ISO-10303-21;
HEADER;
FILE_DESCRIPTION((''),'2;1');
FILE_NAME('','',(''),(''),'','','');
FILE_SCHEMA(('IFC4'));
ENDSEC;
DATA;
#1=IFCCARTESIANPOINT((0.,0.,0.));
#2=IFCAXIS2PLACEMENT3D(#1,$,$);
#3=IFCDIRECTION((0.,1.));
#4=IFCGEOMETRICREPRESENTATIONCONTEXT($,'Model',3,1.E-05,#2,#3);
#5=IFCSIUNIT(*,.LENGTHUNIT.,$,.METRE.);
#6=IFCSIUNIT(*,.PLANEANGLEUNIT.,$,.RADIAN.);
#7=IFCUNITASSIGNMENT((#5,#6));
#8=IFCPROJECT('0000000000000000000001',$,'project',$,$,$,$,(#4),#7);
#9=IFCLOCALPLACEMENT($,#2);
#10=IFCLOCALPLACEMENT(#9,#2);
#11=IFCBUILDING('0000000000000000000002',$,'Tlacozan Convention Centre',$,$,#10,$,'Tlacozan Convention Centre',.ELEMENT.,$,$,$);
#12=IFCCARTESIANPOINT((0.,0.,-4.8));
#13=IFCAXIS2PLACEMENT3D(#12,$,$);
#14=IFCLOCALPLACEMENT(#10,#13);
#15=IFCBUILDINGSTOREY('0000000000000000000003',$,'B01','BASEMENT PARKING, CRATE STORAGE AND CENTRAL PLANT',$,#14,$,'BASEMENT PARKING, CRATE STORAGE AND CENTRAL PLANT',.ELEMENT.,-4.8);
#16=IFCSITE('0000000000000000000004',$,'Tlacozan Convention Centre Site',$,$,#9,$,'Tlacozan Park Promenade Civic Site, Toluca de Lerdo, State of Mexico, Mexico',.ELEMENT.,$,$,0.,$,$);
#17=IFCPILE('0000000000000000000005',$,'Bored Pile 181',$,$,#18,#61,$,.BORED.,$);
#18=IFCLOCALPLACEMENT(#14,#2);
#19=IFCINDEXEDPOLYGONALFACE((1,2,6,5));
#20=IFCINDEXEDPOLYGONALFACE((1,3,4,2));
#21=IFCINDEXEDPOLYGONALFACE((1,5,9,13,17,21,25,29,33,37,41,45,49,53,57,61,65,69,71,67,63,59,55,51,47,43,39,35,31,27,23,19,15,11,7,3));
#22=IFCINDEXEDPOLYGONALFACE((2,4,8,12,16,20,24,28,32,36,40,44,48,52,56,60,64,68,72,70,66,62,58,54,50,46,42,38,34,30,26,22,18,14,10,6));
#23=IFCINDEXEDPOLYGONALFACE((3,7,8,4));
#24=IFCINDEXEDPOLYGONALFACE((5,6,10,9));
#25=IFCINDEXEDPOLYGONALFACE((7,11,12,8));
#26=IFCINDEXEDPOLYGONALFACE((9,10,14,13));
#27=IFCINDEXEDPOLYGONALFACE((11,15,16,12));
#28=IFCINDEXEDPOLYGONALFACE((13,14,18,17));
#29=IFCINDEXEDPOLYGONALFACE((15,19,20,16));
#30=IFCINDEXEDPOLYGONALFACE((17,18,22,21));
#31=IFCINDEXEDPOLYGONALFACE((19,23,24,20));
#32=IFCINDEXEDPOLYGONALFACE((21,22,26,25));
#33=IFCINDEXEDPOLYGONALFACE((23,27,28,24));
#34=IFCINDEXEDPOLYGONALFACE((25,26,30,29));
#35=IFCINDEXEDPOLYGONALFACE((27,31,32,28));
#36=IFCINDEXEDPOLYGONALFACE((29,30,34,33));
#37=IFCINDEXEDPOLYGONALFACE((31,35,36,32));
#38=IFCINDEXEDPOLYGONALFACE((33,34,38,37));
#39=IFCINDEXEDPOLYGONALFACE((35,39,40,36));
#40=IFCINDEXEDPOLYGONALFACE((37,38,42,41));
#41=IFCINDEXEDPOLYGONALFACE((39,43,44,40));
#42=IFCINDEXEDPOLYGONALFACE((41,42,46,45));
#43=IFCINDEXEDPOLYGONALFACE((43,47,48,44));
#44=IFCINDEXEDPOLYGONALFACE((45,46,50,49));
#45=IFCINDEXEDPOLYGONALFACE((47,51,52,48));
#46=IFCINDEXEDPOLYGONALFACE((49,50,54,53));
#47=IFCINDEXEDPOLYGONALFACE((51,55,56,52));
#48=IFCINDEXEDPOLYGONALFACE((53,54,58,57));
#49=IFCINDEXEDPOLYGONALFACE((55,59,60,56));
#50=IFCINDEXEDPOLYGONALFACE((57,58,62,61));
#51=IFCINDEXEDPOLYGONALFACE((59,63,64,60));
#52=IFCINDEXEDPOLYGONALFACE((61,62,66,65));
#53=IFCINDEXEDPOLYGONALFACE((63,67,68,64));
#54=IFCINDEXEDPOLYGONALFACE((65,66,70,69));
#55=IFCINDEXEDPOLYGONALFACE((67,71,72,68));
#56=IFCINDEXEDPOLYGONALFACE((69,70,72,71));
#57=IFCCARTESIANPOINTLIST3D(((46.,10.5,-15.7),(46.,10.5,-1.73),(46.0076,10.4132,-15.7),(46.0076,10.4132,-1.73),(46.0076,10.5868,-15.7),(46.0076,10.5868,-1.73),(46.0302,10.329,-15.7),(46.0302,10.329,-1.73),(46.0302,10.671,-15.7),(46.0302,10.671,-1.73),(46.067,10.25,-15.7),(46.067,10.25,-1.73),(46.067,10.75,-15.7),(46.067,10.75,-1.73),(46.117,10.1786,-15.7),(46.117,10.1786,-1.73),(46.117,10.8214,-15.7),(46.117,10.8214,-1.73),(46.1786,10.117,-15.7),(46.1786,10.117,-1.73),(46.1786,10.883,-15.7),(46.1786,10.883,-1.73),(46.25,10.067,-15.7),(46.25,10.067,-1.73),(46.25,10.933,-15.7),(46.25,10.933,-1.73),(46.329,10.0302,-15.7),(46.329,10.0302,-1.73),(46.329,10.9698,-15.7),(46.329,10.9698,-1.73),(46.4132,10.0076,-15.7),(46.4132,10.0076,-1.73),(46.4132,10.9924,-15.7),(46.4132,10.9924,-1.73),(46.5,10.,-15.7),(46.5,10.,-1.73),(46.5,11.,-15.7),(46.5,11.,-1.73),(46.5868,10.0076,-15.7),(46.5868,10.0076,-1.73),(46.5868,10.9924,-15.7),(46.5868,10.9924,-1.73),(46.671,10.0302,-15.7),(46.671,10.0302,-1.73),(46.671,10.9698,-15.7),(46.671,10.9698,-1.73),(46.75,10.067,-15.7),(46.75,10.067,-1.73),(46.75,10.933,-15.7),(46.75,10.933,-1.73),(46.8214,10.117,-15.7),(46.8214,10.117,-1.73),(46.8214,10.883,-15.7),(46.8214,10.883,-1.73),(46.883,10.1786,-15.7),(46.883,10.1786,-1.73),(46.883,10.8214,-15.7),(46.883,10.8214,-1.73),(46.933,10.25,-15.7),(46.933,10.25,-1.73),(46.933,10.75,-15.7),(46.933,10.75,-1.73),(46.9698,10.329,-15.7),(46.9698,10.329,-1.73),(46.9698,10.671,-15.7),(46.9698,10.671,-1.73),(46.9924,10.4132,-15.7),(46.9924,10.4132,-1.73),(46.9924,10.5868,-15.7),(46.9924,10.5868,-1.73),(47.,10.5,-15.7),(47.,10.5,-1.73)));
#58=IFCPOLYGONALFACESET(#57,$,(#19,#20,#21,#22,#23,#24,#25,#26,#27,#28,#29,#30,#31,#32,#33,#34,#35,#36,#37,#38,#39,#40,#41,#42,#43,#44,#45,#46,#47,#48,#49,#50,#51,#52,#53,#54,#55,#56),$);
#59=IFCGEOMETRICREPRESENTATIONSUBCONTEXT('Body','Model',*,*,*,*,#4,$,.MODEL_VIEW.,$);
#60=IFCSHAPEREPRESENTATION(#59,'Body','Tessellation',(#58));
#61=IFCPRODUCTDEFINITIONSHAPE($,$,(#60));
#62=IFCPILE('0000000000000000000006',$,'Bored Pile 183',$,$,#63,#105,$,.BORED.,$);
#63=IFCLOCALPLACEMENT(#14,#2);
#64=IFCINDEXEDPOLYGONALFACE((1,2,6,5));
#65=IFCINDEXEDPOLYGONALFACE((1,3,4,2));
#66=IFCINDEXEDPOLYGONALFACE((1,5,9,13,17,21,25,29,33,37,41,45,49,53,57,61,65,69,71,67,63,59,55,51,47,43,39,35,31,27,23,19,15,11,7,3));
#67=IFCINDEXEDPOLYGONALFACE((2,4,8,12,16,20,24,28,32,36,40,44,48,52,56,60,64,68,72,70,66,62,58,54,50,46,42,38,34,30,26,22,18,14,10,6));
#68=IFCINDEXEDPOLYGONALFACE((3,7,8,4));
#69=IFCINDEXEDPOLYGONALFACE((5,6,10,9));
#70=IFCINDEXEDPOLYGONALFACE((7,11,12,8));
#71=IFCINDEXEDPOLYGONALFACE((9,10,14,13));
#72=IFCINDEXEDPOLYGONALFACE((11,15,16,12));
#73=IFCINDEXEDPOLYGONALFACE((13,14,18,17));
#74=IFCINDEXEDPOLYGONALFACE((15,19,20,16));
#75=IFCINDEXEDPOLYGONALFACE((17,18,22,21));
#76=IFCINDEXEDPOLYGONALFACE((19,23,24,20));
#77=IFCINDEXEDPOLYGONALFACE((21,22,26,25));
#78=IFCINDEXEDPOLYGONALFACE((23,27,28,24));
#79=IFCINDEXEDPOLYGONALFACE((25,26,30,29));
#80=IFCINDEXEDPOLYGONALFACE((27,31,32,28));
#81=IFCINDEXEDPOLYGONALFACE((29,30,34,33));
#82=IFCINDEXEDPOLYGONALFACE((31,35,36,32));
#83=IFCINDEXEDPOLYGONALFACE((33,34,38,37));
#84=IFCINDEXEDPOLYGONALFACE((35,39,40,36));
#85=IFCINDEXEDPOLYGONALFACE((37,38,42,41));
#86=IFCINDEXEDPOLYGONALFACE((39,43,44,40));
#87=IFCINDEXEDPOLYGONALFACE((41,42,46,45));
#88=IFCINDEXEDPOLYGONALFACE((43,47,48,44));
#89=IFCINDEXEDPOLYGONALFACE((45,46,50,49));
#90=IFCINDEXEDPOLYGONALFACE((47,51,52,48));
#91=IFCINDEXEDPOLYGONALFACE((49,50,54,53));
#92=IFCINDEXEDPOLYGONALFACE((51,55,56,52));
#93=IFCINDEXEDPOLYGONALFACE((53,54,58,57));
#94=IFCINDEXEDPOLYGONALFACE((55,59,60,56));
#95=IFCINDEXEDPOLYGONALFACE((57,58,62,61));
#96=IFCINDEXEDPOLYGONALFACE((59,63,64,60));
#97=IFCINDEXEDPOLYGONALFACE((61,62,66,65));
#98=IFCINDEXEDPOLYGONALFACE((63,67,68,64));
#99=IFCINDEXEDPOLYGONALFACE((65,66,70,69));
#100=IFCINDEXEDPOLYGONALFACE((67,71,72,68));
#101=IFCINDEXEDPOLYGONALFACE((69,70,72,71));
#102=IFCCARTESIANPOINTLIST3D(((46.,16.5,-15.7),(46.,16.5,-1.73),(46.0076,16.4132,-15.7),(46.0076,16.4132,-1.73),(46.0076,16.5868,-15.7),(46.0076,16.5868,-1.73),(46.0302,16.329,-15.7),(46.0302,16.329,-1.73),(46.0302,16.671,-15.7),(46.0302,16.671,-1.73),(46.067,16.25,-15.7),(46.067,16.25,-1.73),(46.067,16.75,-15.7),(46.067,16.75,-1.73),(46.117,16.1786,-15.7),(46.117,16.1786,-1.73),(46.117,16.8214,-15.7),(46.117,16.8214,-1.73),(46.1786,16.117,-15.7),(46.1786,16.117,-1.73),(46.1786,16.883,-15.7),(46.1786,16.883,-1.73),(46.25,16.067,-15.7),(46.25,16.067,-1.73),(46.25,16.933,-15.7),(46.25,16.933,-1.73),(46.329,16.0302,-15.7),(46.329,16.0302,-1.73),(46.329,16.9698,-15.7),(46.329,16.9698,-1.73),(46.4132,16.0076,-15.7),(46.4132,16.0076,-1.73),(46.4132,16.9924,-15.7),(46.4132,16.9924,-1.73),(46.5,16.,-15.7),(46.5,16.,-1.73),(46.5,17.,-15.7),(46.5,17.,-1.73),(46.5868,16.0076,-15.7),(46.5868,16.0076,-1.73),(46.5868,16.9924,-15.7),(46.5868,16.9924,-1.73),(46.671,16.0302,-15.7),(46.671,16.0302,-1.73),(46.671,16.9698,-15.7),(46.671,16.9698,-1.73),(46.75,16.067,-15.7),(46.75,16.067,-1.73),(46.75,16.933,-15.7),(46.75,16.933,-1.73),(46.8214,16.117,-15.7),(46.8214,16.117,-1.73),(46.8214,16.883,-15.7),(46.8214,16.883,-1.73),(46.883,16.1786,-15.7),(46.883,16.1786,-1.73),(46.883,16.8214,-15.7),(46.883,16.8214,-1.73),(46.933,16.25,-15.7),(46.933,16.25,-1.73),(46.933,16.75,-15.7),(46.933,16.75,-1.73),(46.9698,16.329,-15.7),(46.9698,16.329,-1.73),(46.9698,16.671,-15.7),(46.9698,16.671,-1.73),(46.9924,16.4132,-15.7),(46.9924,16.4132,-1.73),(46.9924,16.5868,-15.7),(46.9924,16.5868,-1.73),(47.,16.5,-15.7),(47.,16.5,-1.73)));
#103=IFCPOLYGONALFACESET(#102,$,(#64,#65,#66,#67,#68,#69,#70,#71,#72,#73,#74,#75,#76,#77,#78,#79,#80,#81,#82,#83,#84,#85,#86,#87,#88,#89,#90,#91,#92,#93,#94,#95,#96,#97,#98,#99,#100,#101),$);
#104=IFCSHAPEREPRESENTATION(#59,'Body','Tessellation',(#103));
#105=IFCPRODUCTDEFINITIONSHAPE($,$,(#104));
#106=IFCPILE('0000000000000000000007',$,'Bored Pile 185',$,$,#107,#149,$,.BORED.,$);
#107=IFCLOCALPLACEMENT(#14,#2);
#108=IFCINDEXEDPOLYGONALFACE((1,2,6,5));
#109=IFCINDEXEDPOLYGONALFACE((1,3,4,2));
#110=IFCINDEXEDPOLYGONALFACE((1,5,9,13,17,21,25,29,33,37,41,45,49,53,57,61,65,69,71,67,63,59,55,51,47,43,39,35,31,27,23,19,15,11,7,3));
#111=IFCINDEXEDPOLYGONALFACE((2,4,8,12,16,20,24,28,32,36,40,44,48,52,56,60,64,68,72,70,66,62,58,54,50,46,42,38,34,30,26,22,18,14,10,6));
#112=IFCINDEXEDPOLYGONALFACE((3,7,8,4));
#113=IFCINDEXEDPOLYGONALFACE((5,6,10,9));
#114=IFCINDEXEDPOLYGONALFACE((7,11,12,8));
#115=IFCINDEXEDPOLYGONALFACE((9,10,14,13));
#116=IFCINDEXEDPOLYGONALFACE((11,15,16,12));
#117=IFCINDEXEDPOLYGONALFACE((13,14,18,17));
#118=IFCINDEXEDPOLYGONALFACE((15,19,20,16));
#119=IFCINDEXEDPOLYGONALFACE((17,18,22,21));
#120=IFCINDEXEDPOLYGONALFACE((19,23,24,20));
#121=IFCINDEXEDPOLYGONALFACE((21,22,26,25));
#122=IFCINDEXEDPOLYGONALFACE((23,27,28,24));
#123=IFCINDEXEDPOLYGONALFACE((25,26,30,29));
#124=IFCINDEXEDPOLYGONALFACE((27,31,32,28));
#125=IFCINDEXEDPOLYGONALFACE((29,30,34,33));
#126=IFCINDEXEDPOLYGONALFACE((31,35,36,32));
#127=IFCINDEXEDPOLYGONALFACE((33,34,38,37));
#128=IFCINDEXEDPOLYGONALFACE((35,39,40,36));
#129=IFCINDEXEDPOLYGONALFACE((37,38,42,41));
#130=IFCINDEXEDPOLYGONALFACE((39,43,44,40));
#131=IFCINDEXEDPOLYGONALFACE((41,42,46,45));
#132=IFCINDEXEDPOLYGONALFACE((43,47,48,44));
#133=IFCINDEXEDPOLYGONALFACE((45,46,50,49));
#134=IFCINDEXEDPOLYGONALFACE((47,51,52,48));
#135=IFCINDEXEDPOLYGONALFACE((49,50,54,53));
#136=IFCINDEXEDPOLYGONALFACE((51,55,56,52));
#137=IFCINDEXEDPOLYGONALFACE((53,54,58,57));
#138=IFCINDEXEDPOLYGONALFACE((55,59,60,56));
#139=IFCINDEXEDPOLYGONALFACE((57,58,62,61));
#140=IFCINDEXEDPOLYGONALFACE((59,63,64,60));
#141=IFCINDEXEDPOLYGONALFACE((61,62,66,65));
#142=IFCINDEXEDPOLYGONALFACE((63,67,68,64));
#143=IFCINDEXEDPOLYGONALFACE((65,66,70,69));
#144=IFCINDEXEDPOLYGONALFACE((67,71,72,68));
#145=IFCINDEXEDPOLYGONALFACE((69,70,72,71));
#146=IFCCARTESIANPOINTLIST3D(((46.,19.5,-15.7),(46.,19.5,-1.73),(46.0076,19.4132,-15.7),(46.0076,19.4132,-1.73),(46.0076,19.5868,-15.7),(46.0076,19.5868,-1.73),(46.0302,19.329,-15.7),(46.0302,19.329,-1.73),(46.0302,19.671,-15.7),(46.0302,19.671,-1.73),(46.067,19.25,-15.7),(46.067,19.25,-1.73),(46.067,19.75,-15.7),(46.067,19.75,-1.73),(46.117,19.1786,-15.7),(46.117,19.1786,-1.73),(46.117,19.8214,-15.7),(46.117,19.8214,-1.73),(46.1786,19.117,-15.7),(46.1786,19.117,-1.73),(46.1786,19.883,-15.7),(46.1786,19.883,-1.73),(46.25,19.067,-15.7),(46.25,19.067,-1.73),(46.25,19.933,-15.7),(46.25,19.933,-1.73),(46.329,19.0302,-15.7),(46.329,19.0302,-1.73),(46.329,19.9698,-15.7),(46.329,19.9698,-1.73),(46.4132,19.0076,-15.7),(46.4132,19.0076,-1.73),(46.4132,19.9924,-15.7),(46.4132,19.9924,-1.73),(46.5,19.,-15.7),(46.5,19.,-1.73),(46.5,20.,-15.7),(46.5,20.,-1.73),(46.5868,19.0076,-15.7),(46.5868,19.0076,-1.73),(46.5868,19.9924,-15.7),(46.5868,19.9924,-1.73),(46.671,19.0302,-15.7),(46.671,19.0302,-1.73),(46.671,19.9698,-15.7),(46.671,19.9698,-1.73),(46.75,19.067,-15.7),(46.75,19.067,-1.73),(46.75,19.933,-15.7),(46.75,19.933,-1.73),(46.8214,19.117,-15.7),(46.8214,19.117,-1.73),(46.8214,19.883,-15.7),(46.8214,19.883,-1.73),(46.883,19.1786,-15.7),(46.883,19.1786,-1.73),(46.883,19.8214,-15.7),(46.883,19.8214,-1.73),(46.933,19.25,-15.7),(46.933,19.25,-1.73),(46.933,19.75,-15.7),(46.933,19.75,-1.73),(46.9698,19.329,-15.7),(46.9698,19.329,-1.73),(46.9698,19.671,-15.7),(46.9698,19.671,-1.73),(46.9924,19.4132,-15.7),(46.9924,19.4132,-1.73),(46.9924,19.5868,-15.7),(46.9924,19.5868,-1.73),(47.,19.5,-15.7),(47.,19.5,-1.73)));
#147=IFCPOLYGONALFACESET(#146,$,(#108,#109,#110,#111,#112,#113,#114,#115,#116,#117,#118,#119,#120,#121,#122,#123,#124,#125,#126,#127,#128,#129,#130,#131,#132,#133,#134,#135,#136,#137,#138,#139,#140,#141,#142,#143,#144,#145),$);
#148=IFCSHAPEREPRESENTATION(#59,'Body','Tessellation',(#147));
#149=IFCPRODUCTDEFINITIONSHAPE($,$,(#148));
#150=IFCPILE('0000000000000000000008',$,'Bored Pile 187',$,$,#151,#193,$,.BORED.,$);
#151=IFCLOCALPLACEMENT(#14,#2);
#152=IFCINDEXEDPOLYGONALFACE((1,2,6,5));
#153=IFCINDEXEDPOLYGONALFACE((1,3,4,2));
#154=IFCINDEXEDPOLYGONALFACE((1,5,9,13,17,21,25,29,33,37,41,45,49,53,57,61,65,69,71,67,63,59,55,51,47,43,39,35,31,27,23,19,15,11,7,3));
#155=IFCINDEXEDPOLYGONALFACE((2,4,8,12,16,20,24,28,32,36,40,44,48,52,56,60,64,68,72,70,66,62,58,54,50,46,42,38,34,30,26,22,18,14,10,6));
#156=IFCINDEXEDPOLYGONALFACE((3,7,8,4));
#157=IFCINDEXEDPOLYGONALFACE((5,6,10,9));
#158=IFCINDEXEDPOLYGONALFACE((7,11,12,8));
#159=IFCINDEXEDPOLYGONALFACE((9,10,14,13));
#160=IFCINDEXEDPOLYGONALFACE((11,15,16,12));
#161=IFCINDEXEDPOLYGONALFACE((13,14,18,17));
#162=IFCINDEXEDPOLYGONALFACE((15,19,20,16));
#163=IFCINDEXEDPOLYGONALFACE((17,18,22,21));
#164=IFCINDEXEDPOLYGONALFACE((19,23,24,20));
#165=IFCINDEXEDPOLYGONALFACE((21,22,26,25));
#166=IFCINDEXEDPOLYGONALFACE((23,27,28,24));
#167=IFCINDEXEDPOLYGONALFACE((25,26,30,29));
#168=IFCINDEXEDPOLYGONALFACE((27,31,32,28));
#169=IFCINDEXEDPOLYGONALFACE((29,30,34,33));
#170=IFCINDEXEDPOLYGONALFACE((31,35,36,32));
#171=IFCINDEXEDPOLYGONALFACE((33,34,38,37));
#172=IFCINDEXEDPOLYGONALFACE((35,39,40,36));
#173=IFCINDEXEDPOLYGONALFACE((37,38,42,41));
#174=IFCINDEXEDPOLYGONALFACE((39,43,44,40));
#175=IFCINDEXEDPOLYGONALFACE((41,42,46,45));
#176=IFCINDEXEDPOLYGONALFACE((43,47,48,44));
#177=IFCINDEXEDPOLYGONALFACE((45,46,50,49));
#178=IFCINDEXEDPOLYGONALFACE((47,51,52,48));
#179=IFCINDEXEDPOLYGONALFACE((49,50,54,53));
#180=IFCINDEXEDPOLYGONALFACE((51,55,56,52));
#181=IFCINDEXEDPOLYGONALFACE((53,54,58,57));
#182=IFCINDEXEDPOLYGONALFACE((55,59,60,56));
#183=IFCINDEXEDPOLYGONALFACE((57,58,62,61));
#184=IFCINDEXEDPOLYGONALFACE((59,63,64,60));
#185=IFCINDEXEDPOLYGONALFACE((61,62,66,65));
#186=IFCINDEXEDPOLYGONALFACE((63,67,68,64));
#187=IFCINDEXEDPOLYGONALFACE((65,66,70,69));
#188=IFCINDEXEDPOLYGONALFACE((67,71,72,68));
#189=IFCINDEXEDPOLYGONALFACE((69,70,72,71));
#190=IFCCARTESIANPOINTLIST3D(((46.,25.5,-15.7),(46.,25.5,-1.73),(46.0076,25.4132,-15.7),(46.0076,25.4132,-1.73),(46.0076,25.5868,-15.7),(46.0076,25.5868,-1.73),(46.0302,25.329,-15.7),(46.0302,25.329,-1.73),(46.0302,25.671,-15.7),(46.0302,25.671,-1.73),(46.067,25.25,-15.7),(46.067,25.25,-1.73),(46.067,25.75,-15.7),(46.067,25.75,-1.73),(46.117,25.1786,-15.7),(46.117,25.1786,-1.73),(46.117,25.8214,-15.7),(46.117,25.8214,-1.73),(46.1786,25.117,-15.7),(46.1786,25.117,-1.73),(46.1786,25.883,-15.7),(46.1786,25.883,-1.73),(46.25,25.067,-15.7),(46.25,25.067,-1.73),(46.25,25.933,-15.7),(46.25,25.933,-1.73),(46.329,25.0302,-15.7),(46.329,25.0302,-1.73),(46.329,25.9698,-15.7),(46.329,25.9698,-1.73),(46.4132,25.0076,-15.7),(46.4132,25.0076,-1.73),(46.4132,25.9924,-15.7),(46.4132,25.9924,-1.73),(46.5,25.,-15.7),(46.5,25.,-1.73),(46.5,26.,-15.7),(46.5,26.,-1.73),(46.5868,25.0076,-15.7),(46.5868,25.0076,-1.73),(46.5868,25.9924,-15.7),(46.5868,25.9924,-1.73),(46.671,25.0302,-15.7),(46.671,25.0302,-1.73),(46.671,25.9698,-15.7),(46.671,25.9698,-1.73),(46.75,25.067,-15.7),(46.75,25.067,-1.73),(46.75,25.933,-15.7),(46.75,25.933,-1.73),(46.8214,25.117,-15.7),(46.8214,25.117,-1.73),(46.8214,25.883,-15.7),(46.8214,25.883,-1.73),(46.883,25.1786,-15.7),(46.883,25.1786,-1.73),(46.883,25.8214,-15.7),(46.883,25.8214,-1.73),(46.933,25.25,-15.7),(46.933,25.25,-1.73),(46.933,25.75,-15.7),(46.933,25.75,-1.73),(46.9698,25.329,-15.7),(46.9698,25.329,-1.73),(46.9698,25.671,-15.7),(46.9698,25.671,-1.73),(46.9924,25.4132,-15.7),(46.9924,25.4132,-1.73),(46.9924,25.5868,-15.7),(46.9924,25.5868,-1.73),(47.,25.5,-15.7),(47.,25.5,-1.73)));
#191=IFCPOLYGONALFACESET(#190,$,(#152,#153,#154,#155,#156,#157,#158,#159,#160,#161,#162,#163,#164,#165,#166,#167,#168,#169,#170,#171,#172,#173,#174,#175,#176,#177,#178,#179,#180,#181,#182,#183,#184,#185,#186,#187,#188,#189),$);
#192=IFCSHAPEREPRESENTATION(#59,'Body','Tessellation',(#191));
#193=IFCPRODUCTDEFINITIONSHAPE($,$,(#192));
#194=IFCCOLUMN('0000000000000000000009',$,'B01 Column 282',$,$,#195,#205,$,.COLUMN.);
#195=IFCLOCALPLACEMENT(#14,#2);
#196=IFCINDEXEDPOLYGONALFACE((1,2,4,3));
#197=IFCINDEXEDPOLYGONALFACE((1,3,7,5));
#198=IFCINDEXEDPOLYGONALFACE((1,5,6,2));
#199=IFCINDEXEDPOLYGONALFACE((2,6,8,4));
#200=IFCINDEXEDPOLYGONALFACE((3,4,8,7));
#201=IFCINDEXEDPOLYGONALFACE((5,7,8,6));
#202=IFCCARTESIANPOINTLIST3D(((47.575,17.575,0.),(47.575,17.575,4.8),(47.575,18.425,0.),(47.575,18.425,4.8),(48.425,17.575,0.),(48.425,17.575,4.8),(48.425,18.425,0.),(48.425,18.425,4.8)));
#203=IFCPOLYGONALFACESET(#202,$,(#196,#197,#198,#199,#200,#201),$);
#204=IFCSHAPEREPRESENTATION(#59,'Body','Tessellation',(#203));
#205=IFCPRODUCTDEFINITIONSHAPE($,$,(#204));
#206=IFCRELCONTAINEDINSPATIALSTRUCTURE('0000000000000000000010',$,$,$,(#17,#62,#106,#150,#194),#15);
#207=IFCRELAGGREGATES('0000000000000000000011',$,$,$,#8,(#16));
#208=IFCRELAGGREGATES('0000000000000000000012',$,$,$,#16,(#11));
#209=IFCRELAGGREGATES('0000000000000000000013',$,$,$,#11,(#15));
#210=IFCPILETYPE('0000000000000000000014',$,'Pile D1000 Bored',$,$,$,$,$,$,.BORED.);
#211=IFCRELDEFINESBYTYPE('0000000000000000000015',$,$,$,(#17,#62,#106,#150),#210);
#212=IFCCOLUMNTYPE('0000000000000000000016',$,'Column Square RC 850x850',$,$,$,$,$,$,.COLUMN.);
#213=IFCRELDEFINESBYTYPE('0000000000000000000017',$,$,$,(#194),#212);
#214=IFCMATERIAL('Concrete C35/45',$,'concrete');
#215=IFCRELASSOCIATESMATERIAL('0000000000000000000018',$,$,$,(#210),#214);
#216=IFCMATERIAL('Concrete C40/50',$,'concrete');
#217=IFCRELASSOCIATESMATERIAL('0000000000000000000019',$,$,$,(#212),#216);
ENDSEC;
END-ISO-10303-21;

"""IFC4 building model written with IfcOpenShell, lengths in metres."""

from ifc_helpers import new_model, si_unit, direction, frame, origin, origin_2d, place, context, subcontext, project, spatial, rectangle, circle, extrude, material, material_profile, profile_set, type_object, element, save


model = new_model("IFC4")

# Units and contexts
model_context = context("Model", 3, precision=1e-05, world=origin(), true_north=direction((0.0, 1.0)))
body_context = subcontext(model_context, "Body", "Model", "MODEL_VIEW")
ifc_project = project(units=[si_unit("LENGTHUNIT", "METRE"), si_unit("PLANEANGLEUNIT", "RADIAN")], contexts=[model_context])

# Site, building, storey
site_placement = place(None, origin())
site = spatial("IfcSite", under=ifc_project, at=site_placement, Name="Tlacozan Convention Centre Site", LongName="Tlacozan Park Promenade Civic Site, Toluca de Lerdo, State of Mexico, Mexico", CompositionType="ELEMENT", RefElevation=0.0)
building_placement = place(site_placement, origin())
building = spatial("IfcBuilding", under=site, at=building_placement, Name="Tlacozan Convention Centre", LongName="Tlacozan Convention Centre", CompositionType="ELEMENT")
storey_placement = place(building_placement, frame((0.0, 0.0, -4.8)))
storey = spatial("IfcBuildingStorey", under=building, at=storey_placement, Name="B01", Description="BASEMENT PARKING, CRATE STORAGE AND CENTRAL PLANT", LongName="BASEMENT PARKING, CRATE STORAGE AND CENTRAL PLANT", CompositionType="ELEMENT", Elevation=-4.8)

# Shared definitions
ifc_material_1 = material(Name="Concrete C35/45", Category="concrete")

# Piles
ifc_material_profile_1 = material_profile(ifc_material_1, circle(Radius=0.5, at=origin_2d()), Name="PILE D1000")
ifc_profile_set_1 = profile_set([ifc_material_profile_1], Name="Concrete C35/45")
pile_type = type_object("IfcPileType", Name="Pile D1000 Bored", PredefinedType="BORED", material=ifc_profile_set_1)
for number, where, z_axis, x_axis, name in (
    (1, (46.5, 10.5, -1.73), (0.0, 0.0, -1.0), (1.0, 0.0, 0.0), "Bored Pile 181"),
    (2, (46.5, 16.5, -1.73), (0.0, 0.0, -1.0), (1.0, 0.0, 0.0), "Bored Pile 183"),
    (3, (46.5, 19.5, -1.73), (0.0, 0.0, -1.0), (1.0, 0.0, 0.0), "Bored Pile 185"),
    (4, (46.5, 25.5, -1.73), (0.0, 0.0, -1.0), (1.0, 0.0, 0.0), "Bored Pile 187"),
):
    element("IfcPile", number, at=place(storey_placement, frame(where, z_axis=z_axis, x_axis=x_axis)), inside=storey, type_object=pile_type, Name=name, PredefinedType="BORED", context=body_context, shape_type="SweptSolid", body=[
        extrude(circle(Radius=0.5, at=origin_2d()), origin(), (0.0, 0.0, 1.0), 13.97),
    ])

# Column
ifc_material_2 = material(Name="Concrete C40/50", Category="concrete")
ifc_material_profile_2 = material_profile(ifc_material_2, rectangle(XDim=0.8501, YDim=0.8501, at=origin_2d()), Name="RC 850x850")
ifc_profile_set_2 = profile_set([ifc_material_profile_2], Name="Concrete C40/50")
column_type = type_object("IfcColumnType", Name="Column Square RC 850x850", PredefinedType="COLUMN", material=ifc_profile_set_2)
column_placement = place(storey_placement, frame((48.0, 18.0, 0.0), z_axis=(0.0, 0.0, 1.0), x_axis=(1.0, 0.0, 0.0)))
element("IfcColumn", 5, at=column_placement, inside=storey, type_object=column_type, Name="B01 Column 282", PredefinedType="COLUMN", context=body_context, shape_type="SweptSolid", body=[
    extrude(rectangle(XDim=0.8501, YDim=0.8501, at=origin_2d()), origin(), (0.0, 0.0, 1.0), 4.8),
])

save(model, "model.ifc")
